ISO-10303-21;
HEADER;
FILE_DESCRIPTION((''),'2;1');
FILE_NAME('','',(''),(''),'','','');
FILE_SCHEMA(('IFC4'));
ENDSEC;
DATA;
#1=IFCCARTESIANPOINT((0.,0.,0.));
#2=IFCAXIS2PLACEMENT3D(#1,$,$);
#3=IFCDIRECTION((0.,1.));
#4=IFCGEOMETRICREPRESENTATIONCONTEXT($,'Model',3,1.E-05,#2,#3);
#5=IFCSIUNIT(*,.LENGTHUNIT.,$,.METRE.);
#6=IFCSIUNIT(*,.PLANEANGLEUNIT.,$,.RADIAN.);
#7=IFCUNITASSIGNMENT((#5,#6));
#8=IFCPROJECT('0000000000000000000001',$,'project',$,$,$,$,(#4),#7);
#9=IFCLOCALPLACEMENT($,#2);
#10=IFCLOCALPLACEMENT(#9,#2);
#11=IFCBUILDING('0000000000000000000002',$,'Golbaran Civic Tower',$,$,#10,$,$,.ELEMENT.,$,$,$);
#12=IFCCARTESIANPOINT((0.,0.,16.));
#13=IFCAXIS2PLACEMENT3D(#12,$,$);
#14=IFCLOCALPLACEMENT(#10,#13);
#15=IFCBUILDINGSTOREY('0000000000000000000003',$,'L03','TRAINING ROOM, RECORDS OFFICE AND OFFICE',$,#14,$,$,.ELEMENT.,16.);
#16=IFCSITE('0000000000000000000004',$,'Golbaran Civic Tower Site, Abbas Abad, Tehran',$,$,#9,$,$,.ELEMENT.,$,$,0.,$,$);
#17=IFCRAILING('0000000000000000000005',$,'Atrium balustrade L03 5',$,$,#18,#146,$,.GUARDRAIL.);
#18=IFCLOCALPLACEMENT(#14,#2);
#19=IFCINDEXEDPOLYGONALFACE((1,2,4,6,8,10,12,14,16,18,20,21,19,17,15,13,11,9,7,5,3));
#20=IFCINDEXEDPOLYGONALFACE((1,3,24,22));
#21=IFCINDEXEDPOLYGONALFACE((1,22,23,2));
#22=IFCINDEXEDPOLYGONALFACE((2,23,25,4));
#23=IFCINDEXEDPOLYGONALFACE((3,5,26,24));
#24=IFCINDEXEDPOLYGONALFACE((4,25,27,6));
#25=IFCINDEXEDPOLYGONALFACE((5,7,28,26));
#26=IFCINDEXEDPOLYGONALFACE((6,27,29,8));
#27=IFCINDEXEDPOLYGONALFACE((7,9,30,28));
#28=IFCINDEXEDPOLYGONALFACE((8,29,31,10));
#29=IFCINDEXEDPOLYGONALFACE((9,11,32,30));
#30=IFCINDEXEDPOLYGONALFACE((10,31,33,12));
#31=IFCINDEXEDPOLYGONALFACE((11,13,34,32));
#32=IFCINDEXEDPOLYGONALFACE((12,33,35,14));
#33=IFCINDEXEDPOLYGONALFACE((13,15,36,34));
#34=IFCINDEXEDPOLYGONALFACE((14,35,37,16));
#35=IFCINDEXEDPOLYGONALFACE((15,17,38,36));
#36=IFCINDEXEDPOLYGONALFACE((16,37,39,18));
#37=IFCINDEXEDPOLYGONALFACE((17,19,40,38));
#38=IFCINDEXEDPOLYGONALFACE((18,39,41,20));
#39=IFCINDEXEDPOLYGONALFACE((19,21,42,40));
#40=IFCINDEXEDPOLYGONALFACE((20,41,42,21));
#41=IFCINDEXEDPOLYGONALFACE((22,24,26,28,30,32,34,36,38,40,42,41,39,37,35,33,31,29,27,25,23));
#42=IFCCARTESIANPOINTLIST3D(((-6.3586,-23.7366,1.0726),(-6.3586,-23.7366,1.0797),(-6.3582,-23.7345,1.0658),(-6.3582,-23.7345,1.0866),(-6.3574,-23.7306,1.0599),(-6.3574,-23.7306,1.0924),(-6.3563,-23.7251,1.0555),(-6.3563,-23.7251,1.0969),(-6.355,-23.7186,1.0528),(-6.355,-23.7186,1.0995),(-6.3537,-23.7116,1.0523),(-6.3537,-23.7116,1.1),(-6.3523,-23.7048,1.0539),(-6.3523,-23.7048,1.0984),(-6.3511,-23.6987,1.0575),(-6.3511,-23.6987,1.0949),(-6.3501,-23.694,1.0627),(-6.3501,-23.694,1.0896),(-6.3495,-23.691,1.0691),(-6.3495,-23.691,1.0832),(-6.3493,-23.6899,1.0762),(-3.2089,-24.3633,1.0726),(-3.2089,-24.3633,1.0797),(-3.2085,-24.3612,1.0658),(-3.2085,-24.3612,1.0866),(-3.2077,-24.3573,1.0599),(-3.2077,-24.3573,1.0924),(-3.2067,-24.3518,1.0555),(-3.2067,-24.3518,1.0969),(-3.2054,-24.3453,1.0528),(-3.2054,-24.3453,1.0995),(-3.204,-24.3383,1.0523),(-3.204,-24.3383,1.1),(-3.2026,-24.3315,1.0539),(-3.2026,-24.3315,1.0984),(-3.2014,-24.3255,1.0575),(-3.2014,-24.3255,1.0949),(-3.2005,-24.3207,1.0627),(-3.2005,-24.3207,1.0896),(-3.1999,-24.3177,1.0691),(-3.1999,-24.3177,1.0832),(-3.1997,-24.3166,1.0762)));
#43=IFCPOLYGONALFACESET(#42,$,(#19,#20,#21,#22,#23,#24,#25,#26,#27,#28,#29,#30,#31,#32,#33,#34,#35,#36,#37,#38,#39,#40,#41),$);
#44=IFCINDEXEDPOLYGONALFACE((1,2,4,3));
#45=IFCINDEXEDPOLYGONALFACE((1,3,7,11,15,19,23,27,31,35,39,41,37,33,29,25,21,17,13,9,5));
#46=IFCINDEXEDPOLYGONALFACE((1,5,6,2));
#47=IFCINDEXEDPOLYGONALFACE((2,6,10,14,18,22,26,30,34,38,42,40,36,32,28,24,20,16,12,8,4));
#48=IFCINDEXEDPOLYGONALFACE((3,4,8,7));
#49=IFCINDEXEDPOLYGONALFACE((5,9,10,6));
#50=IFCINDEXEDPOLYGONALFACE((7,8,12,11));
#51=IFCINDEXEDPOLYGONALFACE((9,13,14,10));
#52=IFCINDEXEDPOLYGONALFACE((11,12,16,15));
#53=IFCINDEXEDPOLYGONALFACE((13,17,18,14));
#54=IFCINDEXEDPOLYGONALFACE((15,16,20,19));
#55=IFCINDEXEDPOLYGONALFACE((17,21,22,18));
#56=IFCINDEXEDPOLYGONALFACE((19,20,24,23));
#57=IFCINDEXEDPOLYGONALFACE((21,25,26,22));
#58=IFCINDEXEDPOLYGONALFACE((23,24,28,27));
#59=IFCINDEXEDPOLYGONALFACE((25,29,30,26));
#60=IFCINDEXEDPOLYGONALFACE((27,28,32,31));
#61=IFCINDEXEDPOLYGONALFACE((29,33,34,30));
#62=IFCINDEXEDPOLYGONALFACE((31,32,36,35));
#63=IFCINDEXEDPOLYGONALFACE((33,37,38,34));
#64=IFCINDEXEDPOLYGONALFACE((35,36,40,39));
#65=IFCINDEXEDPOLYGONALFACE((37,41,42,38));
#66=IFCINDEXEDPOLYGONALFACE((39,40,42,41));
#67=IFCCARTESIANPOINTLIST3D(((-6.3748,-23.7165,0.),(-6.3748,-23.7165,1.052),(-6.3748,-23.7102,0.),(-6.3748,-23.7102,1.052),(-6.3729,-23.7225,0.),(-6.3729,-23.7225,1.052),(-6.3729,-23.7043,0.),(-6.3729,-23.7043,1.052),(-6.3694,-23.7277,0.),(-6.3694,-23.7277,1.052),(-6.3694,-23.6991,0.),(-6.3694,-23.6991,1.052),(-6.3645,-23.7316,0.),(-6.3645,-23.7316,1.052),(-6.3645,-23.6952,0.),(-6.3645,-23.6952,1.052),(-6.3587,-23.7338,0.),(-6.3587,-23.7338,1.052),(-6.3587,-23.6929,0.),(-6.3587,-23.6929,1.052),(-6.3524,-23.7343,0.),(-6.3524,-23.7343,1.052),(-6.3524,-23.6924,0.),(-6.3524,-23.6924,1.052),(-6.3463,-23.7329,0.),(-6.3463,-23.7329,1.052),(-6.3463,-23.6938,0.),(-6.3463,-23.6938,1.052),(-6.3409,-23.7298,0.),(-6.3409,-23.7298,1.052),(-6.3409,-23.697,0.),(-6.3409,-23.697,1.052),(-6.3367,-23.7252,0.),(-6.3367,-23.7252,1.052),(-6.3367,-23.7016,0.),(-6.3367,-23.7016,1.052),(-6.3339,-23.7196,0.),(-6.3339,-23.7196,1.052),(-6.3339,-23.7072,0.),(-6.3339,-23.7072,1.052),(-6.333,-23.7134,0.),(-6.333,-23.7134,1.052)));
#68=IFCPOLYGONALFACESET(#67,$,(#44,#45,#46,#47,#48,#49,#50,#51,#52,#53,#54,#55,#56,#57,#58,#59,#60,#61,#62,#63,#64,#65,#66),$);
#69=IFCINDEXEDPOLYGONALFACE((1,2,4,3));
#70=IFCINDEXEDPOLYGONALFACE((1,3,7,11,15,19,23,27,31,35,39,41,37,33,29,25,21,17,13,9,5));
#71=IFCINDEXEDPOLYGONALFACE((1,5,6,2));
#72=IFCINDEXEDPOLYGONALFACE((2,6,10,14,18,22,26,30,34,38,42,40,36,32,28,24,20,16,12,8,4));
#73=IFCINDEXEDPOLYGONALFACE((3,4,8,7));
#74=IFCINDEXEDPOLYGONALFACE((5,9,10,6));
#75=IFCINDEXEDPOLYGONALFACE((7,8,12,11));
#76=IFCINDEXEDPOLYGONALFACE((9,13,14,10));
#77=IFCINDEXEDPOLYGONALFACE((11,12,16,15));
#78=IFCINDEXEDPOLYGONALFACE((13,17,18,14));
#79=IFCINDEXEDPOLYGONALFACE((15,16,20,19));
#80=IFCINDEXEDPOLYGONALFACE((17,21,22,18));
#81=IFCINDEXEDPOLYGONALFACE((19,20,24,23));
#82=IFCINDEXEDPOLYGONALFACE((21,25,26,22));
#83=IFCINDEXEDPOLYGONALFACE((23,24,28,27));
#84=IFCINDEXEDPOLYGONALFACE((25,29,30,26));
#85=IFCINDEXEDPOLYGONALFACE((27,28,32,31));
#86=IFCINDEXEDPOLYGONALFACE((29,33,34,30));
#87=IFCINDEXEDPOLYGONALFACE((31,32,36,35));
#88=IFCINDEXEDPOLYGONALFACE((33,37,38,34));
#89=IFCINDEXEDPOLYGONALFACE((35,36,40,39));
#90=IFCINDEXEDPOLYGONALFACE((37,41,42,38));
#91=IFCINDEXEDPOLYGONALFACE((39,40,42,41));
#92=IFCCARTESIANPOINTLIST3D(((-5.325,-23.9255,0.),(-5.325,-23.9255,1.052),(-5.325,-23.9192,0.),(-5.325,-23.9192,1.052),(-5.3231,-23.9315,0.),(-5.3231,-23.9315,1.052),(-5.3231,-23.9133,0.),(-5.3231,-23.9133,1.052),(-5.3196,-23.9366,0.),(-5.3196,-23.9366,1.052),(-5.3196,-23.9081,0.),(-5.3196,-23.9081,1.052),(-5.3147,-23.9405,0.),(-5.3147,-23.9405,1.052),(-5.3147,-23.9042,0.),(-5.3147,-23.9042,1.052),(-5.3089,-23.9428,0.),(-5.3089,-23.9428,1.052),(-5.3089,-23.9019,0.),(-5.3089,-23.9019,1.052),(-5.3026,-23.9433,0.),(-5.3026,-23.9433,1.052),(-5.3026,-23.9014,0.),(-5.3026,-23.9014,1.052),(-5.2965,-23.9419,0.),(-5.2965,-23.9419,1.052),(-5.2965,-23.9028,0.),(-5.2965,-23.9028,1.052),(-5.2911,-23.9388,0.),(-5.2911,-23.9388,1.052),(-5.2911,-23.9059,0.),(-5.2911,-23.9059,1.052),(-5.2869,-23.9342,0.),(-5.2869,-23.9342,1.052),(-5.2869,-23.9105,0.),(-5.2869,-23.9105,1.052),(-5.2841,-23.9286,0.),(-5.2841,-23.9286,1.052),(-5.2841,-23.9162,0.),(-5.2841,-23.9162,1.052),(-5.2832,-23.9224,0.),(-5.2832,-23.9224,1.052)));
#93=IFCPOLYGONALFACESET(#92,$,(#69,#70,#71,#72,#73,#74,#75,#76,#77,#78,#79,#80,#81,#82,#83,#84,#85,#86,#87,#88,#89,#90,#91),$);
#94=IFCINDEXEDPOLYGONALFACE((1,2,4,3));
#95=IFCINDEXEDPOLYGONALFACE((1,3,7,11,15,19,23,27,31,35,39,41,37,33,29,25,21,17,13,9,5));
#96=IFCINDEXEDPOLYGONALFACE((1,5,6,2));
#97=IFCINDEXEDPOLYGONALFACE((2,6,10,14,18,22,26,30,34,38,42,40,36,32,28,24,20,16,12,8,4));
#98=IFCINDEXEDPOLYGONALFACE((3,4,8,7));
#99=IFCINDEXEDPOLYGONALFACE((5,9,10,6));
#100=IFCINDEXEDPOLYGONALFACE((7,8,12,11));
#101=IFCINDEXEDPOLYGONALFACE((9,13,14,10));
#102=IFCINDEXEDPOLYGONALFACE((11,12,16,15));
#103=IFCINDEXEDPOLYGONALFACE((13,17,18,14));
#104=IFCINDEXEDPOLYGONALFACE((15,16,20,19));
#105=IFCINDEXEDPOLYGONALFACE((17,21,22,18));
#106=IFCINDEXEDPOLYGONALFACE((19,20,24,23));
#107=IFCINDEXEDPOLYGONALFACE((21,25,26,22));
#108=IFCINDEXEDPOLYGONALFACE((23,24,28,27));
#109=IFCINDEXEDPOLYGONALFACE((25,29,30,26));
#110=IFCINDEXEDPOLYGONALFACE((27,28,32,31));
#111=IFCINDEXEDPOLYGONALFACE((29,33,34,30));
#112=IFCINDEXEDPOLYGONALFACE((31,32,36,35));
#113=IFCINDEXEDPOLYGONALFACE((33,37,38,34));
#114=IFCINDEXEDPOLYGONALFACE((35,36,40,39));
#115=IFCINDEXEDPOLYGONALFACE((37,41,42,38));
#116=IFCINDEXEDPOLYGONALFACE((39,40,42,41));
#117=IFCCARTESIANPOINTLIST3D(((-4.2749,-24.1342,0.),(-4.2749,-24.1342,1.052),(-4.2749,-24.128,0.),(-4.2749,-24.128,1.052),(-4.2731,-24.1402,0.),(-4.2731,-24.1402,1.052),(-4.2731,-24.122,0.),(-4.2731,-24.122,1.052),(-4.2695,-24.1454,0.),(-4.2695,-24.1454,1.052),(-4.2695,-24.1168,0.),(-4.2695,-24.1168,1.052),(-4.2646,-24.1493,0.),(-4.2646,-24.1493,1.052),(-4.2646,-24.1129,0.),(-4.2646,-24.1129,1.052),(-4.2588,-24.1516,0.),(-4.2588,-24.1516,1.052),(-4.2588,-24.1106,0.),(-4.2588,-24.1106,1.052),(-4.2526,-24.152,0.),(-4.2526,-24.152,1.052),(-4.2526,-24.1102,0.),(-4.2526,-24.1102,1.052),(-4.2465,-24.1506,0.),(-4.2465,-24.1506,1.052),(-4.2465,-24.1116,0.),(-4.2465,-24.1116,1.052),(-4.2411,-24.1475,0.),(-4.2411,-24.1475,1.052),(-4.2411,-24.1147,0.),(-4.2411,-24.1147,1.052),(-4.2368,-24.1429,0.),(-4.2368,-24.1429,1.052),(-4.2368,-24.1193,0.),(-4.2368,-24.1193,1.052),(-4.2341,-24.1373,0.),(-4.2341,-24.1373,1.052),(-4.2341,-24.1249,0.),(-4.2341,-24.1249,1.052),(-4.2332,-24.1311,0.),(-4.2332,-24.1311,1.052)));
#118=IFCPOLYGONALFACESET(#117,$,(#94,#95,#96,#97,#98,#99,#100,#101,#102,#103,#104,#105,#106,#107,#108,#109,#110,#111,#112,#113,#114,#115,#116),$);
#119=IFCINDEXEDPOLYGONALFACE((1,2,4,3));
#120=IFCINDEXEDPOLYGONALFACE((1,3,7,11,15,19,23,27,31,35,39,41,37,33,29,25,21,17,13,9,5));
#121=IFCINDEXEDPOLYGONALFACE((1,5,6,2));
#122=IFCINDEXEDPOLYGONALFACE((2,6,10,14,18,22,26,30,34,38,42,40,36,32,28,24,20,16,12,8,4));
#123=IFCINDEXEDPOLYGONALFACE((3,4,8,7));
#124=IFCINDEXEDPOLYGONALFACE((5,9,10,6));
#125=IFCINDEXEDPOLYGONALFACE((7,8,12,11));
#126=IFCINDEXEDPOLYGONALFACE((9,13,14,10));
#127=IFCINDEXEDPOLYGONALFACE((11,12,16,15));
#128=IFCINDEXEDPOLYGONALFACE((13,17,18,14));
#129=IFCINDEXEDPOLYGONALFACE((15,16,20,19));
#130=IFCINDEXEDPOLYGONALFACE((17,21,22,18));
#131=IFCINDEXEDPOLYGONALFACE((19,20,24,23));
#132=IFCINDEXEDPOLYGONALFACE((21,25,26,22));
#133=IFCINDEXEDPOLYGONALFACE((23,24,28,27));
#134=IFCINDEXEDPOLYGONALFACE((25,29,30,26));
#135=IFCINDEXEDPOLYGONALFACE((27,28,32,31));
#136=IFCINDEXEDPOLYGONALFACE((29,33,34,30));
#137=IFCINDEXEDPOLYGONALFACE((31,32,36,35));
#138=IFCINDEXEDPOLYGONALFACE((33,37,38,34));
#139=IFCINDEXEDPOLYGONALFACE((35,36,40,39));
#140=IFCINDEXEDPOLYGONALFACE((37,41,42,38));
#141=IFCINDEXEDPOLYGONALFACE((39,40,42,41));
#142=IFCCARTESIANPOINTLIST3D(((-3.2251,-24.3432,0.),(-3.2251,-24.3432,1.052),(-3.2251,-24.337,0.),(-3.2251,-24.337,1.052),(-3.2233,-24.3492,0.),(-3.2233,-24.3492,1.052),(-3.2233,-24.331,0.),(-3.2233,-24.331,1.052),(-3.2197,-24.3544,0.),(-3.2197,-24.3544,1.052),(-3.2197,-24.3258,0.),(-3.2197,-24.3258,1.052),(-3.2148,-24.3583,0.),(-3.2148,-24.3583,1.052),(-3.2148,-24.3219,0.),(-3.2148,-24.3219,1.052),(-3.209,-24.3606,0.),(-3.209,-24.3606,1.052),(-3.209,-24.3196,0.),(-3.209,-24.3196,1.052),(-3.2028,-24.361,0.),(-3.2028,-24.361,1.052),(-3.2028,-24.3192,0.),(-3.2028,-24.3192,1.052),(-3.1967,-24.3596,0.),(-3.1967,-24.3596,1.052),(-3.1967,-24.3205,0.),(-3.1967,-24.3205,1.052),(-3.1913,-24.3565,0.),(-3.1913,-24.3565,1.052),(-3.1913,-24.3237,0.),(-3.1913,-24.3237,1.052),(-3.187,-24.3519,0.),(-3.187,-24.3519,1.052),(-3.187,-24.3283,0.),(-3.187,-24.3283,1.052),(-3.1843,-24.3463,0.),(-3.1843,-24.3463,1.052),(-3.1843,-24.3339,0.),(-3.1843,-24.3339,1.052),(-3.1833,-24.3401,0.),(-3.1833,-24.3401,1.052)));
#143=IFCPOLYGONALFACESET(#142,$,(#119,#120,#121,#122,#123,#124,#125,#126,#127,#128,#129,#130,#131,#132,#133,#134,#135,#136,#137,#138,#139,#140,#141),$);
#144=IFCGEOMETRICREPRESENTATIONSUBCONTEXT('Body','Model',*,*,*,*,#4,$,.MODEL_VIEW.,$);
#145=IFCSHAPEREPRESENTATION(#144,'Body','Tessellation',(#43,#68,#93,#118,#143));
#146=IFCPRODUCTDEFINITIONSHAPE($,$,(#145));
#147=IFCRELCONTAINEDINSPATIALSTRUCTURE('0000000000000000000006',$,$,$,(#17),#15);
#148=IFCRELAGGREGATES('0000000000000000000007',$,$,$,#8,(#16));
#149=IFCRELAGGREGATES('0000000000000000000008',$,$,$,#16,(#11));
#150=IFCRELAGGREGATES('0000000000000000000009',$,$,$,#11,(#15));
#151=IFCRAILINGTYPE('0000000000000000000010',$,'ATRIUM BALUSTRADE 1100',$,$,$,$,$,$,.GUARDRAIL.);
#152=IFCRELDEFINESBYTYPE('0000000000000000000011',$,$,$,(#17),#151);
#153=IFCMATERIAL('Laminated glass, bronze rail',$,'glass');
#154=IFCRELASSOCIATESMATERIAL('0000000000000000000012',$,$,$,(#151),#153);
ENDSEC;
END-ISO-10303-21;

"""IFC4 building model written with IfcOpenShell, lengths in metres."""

from ifc_helpers import new_model, si_unit, direction, frame, origin, origin_2d, place, context, subcontext, project, spatial, circle, extrude, material, type_object, element, save


model = new_model("IFC4")

# Units and contexts
model_context = context("Model", 3, precision=1e-05, world=origin(), true_north=direction((0.0, 1.0)))
body_context = subcontext(model_context, "Body", "Model", "MODEL_VIEW")
ifc_project = project(units=[si_unit("LENGTHUNIT", "METRE"), si_unit("PLANEANGLEUNIT", "RADIAN")], contexts=[model_context])

# Site, building, storey
site_placement = place(None, origin())
site = spatial("IfcSite", under=ifc_project, at=site_placement, Name="Golbaran Civic Tower Site, Abbas Abad, Tehran", CompositionType="ELEMENT", RefElevation=0.0)
building_placement = place(site_placement, origin())
building = spatial("IfcBuilding", under=site, at=building_placement, Name="Golbaran Civic Tower", CompositionType="ELEMENT")
storey_placement = place(building_placement, frame((0.0, 0.0, 16.0)))
storey = spatial("IfcBuildingStorey", under=building, at=storey_placement, Name="L03", Description="TRAINING ROOM, RECORDS OFFICE AND OFFICE", CompositionType="ELEMENT", Elevation=16.0)

# Railing
ifc_material_1 = material(Name="Laminated glass, bronze rail", Category="glass")
railing_type_1 = type_object("IfcRailingType", Name="ATRIUM BALUSTRADE 1100", PredefinedType="GUARDRAIL", material=ifc_material_1)
railing_1_placement = place(storey_placement, frame((-6.354, -23.7134, 0.0)))
element("IfcRailing", 1, at=railing_1_placement, inside=storey, type_object=railing_type_1, Name="Atrium balustrade L03 5", PredefinedType="GUARDRAIL", context=body_context, shape_type="SweptSolid", body=[
    extrude(circle(Radius=0.0239, at=origin_2d()), frame((0.0, 0.0, 1.0762), z_axis=(0.980773, -0.195151, 0.0), x_axis=(0.195151, 0.980773, 0.0)), (0.0, 0.0, 1.0), 3.2114),
    extrude(circle(Radius=0.021, at=origin_2d()), origin(), (0.0, 0.0, 1.0), 1.052),
    extrude(circle(Radius=0.021, at=origin_2d()), frame((1.0498, -0.209, 0.0)), (0.0, 0.0, 1.0), 1.052),
    extrude(circle(Radius=0.021, at=origin_2d()), frame((2.0999, -0.4177, 0.0)), (0.0, 0.0, 1.0), 1.052),
    extrude(circle(Radius=0.021, at=origin_2d()), frame((3.1497, -0.6267, 0.0)), (0.0, 0.0, 1.0), 1.052),
])

save(model, "model.ifc")
